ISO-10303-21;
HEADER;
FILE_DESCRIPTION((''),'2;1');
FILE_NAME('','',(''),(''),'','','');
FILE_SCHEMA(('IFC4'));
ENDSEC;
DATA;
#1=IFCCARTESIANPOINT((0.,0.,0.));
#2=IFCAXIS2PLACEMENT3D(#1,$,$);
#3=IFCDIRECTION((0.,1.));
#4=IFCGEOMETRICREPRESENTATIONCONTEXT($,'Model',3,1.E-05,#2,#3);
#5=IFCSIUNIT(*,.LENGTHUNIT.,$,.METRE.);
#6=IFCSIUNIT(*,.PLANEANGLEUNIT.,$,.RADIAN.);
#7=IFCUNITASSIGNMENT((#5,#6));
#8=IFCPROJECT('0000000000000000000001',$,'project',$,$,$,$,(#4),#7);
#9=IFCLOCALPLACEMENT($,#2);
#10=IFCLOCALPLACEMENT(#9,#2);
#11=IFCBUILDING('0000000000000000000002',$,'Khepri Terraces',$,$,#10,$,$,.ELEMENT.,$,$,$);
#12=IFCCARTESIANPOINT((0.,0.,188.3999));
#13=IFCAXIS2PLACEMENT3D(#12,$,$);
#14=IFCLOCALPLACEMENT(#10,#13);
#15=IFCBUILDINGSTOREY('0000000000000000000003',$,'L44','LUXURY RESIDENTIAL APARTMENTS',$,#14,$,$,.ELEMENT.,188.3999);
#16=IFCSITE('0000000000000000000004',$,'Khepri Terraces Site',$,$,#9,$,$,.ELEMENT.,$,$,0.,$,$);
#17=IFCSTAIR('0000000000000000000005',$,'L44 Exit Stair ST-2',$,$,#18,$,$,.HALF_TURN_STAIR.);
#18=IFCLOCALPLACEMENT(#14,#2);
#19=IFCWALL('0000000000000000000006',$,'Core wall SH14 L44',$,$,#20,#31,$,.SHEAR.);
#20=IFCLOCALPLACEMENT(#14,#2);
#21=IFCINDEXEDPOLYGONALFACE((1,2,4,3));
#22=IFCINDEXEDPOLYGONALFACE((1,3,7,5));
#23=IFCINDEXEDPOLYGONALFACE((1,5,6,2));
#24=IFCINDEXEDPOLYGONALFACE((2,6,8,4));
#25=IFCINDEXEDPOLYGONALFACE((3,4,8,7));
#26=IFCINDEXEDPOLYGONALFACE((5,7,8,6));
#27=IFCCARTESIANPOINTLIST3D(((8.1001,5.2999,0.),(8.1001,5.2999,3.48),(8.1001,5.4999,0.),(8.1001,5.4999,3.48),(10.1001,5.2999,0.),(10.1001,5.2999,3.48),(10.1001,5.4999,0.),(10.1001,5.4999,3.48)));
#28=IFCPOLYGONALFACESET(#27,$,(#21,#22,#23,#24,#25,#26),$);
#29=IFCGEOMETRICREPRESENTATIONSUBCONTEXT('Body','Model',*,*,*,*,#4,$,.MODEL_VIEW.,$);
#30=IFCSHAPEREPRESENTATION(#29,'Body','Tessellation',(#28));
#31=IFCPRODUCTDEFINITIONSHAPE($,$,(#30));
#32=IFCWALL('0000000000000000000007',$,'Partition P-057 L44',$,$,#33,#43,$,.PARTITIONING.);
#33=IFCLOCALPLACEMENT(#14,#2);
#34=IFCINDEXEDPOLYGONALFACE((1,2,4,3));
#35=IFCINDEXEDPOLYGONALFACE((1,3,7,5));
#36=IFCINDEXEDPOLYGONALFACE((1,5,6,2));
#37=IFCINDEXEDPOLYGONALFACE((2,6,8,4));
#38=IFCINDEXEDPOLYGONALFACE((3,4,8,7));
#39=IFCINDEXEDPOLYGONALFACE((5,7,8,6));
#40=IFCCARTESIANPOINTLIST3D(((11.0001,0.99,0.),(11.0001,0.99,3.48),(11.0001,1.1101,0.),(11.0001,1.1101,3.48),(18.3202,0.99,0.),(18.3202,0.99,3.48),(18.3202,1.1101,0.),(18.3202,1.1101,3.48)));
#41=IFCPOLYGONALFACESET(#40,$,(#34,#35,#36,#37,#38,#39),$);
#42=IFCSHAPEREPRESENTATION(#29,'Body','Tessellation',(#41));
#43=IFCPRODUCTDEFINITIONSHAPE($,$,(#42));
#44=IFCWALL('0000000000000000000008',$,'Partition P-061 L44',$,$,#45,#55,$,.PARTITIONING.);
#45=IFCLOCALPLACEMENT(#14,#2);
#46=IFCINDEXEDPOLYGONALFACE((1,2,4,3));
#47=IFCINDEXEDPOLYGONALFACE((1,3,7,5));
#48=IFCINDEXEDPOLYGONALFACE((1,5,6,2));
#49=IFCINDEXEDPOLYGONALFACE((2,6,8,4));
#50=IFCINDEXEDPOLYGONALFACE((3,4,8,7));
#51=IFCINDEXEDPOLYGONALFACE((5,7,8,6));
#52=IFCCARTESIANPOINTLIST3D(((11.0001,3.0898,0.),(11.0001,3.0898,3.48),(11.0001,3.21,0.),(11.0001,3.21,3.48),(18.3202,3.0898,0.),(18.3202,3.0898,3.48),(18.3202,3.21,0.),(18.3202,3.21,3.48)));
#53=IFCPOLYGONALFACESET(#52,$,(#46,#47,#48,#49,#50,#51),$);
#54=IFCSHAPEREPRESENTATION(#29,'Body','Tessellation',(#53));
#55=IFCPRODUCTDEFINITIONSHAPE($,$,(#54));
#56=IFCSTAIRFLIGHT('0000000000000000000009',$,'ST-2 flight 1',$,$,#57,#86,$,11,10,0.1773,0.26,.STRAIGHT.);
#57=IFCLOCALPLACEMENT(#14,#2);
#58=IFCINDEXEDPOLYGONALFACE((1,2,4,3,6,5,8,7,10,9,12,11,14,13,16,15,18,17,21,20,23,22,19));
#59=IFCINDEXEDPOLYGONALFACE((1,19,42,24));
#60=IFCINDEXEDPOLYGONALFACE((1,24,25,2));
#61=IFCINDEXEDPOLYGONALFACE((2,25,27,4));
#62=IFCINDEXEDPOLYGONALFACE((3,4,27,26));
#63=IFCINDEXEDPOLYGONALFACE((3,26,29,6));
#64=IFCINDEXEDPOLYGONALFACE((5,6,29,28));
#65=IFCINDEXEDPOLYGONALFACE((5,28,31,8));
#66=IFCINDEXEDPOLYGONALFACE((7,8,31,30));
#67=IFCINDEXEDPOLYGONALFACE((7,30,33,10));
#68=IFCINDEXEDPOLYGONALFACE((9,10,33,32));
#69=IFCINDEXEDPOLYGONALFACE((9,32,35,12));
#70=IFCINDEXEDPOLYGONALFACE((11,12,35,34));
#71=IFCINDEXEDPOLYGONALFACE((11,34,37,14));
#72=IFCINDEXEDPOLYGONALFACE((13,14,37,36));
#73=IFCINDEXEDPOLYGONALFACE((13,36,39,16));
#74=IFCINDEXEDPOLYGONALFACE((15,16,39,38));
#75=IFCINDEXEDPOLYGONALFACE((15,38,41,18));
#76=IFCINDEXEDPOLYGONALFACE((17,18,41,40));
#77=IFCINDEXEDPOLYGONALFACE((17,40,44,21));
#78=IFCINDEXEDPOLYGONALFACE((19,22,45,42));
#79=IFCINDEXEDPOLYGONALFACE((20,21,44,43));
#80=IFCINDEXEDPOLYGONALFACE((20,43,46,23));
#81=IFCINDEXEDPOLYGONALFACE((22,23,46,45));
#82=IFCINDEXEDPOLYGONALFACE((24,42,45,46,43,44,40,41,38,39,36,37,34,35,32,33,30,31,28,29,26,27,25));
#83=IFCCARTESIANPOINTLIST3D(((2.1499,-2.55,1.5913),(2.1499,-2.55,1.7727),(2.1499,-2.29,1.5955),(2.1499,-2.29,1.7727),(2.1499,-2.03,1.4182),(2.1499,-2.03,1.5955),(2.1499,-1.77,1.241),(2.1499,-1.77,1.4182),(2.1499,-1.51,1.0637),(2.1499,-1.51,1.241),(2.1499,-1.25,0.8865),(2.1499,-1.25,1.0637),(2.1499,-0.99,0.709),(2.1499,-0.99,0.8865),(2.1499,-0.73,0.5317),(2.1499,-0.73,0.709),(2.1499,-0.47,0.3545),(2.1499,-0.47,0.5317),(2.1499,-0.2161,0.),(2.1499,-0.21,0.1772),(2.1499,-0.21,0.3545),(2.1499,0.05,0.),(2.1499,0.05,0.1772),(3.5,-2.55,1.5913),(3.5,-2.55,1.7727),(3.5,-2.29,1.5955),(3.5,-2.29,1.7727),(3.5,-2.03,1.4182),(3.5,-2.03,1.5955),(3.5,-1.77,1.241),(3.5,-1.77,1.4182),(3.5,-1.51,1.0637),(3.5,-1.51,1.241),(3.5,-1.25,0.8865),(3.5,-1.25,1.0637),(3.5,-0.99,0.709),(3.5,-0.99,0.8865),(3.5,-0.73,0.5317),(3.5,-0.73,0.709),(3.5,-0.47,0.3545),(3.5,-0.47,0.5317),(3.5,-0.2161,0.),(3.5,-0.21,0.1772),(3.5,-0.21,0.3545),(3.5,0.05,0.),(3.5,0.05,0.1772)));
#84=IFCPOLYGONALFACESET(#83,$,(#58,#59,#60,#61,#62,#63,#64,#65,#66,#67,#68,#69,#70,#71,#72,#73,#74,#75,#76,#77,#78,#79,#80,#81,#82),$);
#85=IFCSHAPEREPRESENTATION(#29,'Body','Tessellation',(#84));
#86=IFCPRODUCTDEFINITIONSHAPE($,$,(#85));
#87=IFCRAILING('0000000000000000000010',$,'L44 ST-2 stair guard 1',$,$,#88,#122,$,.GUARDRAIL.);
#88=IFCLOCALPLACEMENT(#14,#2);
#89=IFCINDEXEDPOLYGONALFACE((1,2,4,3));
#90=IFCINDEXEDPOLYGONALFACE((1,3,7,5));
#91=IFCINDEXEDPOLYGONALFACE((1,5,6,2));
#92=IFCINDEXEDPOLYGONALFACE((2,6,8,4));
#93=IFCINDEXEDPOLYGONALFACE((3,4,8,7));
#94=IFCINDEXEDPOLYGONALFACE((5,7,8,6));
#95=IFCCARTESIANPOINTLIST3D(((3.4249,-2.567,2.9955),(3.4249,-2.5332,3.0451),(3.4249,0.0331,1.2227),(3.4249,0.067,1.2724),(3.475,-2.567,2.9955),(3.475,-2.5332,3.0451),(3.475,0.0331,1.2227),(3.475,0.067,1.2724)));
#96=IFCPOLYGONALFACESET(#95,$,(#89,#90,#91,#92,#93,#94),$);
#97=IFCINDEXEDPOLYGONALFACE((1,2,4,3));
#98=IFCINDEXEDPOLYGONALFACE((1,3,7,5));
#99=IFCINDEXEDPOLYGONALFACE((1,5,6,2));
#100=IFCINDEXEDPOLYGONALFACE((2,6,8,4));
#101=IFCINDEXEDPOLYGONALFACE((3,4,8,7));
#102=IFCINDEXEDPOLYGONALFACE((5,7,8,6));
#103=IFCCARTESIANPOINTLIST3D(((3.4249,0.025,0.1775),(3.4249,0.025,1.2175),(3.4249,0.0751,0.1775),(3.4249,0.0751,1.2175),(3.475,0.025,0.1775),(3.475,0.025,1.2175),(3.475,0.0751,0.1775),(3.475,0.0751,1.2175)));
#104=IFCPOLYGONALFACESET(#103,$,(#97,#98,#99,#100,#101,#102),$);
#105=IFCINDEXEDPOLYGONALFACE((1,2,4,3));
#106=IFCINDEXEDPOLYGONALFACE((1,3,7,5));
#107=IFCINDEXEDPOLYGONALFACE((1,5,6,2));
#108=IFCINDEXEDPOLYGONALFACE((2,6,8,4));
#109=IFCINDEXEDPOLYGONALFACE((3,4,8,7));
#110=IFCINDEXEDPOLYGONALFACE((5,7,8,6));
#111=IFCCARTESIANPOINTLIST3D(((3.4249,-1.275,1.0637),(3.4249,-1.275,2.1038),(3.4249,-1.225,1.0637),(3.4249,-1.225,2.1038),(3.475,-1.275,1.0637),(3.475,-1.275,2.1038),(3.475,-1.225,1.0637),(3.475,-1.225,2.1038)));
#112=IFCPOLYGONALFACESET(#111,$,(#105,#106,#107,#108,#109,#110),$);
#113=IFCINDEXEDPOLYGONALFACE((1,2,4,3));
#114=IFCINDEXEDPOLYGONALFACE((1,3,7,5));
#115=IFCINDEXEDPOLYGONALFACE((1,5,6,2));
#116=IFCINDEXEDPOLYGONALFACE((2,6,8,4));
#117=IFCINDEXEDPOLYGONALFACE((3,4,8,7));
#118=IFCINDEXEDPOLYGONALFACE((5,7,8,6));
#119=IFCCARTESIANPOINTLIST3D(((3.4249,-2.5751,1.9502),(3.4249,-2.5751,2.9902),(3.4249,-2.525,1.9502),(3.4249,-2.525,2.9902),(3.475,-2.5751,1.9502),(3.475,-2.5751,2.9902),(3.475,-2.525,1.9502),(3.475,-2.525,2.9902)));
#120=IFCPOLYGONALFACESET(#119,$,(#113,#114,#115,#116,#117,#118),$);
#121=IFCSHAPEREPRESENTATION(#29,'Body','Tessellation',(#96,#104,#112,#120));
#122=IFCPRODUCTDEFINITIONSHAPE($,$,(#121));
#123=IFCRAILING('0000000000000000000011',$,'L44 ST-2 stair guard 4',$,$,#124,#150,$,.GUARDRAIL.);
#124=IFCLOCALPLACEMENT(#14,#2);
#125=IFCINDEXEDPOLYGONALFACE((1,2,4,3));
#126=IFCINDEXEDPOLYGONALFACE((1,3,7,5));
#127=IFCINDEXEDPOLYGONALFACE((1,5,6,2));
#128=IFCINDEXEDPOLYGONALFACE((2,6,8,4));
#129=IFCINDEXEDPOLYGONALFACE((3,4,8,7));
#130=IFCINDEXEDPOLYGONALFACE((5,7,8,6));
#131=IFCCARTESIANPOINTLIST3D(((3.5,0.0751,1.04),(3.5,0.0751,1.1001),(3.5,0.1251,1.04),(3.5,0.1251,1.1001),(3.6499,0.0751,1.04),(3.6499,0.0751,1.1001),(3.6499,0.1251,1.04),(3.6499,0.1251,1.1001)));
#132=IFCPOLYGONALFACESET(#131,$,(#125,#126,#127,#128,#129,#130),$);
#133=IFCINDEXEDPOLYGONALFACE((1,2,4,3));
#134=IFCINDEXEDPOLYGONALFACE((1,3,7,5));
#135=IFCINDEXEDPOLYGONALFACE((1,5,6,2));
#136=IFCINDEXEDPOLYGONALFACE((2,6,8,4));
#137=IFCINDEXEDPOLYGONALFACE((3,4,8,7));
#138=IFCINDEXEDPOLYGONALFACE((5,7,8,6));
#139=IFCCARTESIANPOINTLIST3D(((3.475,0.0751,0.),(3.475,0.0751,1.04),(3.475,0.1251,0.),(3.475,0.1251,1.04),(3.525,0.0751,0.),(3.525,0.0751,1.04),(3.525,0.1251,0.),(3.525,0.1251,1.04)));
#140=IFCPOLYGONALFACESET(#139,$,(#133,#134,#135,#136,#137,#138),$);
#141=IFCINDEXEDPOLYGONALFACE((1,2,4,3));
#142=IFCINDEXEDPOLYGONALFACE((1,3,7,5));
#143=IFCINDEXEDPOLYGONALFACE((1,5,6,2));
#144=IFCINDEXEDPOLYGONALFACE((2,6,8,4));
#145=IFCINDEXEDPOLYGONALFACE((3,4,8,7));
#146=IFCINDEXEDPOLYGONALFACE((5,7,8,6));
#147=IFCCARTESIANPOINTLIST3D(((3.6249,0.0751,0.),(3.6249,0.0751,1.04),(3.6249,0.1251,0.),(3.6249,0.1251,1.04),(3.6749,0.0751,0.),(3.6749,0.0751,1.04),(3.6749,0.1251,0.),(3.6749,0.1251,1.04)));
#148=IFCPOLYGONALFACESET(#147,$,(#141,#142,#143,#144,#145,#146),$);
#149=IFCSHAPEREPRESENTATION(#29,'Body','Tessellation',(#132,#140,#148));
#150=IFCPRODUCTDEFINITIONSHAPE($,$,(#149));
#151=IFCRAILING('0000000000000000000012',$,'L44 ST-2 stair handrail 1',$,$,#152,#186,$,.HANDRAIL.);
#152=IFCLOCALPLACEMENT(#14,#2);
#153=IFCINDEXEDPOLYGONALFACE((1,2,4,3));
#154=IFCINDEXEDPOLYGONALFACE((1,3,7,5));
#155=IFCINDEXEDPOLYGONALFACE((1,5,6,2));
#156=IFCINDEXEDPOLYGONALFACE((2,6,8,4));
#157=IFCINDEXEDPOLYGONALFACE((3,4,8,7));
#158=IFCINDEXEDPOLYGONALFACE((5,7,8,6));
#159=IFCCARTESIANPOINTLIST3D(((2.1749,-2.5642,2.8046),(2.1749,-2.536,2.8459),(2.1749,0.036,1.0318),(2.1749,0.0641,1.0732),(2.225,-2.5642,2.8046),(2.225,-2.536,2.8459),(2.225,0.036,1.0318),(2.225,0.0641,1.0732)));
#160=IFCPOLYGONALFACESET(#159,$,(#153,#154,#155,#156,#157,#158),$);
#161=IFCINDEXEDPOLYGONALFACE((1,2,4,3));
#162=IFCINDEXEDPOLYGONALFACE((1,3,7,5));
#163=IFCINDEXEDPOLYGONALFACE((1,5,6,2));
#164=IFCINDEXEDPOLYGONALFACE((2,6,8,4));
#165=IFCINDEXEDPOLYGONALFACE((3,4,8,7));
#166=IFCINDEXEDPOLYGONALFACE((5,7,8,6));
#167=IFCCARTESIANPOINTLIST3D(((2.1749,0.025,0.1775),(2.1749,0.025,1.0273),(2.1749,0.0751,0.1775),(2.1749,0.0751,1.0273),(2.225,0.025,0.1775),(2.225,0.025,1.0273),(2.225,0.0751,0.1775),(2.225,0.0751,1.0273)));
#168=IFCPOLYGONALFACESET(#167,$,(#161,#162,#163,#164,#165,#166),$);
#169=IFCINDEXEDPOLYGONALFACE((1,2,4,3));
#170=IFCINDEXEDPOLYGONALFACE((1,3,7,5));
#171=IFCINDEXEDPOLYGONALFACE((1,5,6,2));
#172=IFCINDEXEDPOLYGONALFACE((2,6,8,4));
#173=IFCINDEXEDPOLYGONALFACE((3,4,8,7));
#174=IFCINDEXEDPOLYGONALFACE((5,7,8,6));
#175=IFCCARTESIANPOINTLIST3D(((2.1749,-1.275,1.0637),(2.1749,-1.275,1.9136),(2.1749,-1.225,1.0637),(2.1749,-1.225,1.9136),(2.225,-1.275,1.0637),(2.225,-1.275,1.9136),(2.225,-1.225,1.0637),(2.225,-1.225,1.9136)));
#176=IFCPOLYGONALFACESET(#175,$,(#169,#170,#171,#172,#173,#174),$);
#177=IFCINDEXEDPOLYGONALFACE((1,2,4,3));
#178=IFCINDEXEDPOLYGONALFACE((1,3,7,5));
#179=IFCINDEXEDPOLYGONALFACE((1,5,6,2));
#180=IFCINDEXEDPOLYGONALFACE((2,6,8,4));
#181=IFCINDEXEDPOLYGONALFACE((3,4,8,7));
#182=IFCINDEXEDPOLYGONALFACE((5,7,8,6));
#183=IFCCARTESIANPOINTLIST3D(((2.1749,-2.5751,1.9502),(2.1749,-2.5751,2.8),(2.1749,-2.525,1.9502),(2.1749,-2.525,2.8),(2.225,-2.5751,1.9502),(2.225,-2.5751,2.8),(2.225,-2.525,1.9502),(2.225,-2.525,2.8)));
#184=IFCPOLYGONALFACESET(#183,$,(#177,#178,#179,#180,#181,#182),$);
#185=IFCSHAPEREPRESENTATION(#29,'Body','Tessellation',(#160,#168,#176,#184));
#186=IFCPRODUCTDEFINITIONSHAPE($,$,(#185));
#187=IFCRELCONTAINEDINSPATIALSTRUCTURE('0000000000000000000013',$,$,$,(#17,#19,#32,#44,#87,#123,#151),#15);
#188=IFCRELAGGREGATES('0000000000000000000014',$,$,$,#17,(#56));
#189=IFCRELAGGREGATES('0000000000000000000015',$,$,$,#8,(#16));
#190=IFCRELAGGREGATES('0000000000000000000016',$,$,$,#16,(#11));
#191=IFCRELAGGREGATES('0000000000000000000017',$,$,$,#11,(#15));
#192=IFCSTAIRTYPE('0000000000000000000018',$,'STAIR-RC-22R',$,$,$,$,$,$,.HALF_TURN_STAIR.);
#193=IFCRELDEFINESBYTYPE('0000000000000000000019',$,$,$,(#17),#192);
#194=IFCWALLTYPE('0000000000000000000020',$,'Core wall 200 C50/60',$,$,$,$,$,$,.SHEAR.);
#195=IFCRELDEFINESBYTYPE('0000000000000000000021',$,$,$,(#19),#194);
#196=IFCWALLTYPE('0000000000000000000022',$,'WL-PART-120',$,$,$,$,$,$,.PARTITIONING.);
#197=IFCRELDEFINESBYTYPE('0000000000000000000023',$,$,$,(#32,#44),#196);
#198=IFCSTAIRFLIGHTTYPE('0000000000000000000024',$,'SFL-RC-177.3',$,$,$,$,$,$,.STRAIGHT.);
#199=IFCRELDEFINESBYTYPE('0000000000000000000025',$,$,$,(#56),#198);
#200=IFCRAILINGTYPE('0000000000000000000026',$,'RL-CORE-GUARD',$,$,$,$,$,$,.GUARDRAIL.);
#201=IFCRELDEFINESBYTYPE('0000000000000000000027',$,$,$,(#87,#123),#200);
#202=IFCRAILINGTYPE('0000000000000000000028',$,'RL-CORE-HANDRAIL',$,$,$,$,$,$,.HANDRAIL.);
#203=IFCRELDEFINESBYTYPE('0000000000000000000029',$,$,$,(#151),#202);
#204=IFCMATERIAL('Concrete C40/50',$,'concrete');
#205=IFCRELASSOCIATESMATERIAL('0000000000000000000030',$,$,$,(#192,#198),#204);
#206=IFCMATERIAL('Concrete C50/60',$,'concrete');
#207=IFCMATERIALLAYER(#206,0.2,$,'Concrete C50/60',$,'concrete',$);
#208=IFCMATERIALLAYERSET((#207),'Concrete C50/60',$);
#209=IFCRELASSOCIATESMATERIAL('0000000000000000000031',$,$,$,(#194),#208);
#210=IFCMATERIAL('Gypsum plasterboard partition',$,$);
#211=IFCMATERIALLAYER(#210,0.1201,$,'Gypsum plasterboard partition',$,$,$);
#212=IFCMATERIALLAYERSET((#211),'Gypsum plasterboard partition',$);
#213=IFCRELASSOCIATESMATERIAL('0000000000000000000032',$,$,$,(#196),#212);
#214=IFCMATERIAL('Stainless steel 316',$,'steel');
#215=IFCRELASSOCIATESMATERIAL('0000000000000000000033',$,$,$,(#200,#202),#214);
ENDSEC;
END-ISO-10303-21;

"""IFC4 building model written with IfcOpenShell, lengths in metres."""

from ifc_helpers import new_model, si_unit, direction, frame, frame_2d, origin, origin_2d, place, context, subcontext, project, spatial, polyline, rectangle, outline, extrude, material, layer, layer_set, type_object, element, aggregate, save


model = new_model("IFC4")

# Units and contexts
model_context = context("Model", 3, precision=1e-05, world=origin(), true_north=direction((0.0, 1.0)))
body_context = subcontext(model_context, "Body", "Model", "MODEL_VIEW")
ifc_project = project(units=[si_unit("LENGTHUNIT", "METRE"), si_unit("PLANEANGLEUNIT", "RADIAN")], contexts=[model_context])

# Site, building, storey
site_placement = place(None, origin())
site = spatial("IfcSite", under=ifc_project, at=site_placement, Name="Khepri Terraces Site", CompositionType="ELEMENT", RefElevation=0.0)
building_placement = place(site_placement, origin())
building = spatial("IfcBuilding", under=site, at=building_placement, Name="Khepri Terraces", CompositionType="ELEMENT")
storey_placement = place(building_placement, frame((0.0, 0.0, 188.3999)))
storey = spatial("IfcBuildingStorey", under=building, at=storey_placement, Name="L44", Description="LUXURY RESIDENTIAL APARTMENTS", CompositionType="ELEMENT", Elevation=188.3999)

# Stair
ifc_material_1 = material(Name="Concrete C40/50", Category="concrete")
stair_type = type_object("IfcStairType", Name="STAIR-RC-22R", PredefinedType="HALF_TURN_STAIR", material=ifc_material_1)
stair_1_placement = place(storey_placement, origin())
stair_1 = element("IfcStair", 1, at=stair_1_placement, inside=storey, type_object=stair_type, Name="L44 Exit Stair ST-2", PredefinedType="HALF_TURN_STAIR")

# Shared definitions
ifc_material_2 = material(Name="Concrete C50/60", Category="concrete")
ifc_layer_1 = layer(ifc_material_2, 0.2, Name="Concrete C50/60", Category="concrete")
ifc_layer_set_1 = layer_set([ifc_layer_1], Name="Concrete C50/60")
wall_type_1 = type_object("IfcWallType", Name="Core wall 200 C50/60", PredefinedType="SHEAR", material=ifc_layer_set_1)

# Walls
for number, where, z_axis, x_axis, name in (
    (2, (8.1001, 5.3999, 0.0), (0.0, 0.0, 1.0), (1.0, 0.0, 0.0), "Core wall SH14 L44"),
):
    element("IfcWall", number, at=place(storey_placement, frame(where, z_axis=z_axis, x_axis=x_axis)), inside=storey, type_object=wall_type_1, Name=name, PredefinedType="SHEAR", context=body_context, shape_type="SweptSolid", body=[
        extrude(rectangle(XDim=2.0, YDim=0.2, at=frame_2d((1.0, 0.0))), origin(), (0.0, 0.0, 1.0), 3.48),
    ])
ifc_material_3 = material(Name="Gypsum plasterboard partition")
ifc_layer_2 = layer(ifc_material_3, 0.1201, Name="Gypsum plasterboard partition")
ifc_layer_set_2 = layer_set([ifc_layer_2], Name="Gypsum plasterboard partition")
wall_type_2 = type_object("IfcWallType", Name="WL-PART-120", PredefinedType="PARTITIONING", material=ifc_layer_set_2)
for number, where, z_axis, x_axis, name in (
    (3, (11.0, 1.05, 0.0), (0.0, 0.0, 1.0), (1.0, 0.0, 0.0), "Partition P-057 L44"),
    (4, (11.0, 3.1499, 0.0), (0.0, 0.0, 1.0), (1.0, 0.0, 0.0), "Partition P-061 L44"),
):
    element("IfcWall", number, at=place(storey_placement, frame(where, z_axis=z_axis, x_axis=x_axis)), inside=storey, type_object=wall_type_2, Name=name, PredefinedType="PARTITIONING", context=body_context, shape_type="SweptSolid", body=[
        extrude(rectangle(XDim=7.3201, YDim=0.1201, at=frame_2d((3.6602, 0.0))), origin(), (0.0, 0.0, 1.0), 3.48),
    ])

# Stair flight
stair_flight_type = type_object("IfcStairFlightType", Name="SFL-RC-177.3", PredefinedType="STRAIGHT", material=ifc_material_1)
stair_flight_placement = place(storey_placement, frame((2.825, 0.05, 0.0), z_axis=(0.0, 0.0, 1.0), x_axis=(0.0, -1.0, 0.0)))
stair_flight = element("IfcStairFlight", 5, at=stair_flight_placement, type_object=stair_flight_type, Name="ST-2 flight 1", NumberOfRisers=11, NumberOfTreads=10, PredefinedType="STRAIGHT", RiserHeight=0.1773, TreadLength=0.26, context=body_context, shape_type="SweptSolid", body=[
    extrude(outline(polyline([(0.0, 0.0), (0.0, 0.1772), (0.26, 0.1772), (0.26, 0.3545), (0.52, 0.3545), (0.52, 0.5317), (0.78, 0.5317), (0.78, 0.709), (1.04, 0.709), (1.04, 0.8865), (1.3, 0.8865), (1.3, 1.0637), (1.5601, 1.0637), (1.5601, 1.241), (1.8201, 1.241), (1.8201, 1.4182), (2.0801, 1.4182), (2.0801, 1.5955), (2.3401, 1.5955), (2.3401, 1.7727), (2.6001, 1.7727), (2.6001, 1.95), (2.6001, 1.5913), (0.2661, 0.0), (0.0, 0.0)])), frame((0.0, 0.675, 0.0), z_axis=(0.0, -1.0, 0.0), x_axis=(1.0, 0.0, 0.0)), (0.0, 0.0, 1.0), 1.3501),
])
aggregate(stair_1, [stair_flight])

# Railings
ifc_material_4 = material(Name="Stainless steel 316", Category="steel")
railing_type_1 = type_object("IfcRailingType", Name="RL-CORE-GUARD", PredefinedType="GUARDRAIL", material=ifc_material_4)
railing_1_placement = place(storey_placement, frame((3.45, 0.05, 0.1775)))
element("IfcRailing", 6, at=railing_1_placement, inside=storey, type_object=railing_type_1, Name="L44 ST-2 stair guard 1", PredefinedType="GUARDRAIL", context=body_context, shape_type="SweptSolid", body=[
    extrude(rectangle(XDim=0.05, YDim=0.0601, at=origin_2d()), frame((0.0, 0.0, 1.0701), z_axis=(0.0, -0.82624, 0.563318), x_axis=(1.0, 0.0, 0.0)), (0.0, 0.0, 1.0), 3.147),
    extrude(rectangle(XDim=0.05, YDim=0.05, at=origin_2d()), origin(), (0.0, 0.0, 1.0), 1.04),
    extrude(rectangle(XDim=0.05, YDim=0.05, at=origin_2d()), frame((0.0, -1.3, 0.8862)), (0.0, 0.0, 1.0), 1.04),
    extrude(rectangle(XDim=0.05, YDim=0.05, at=origin_2d()), frame((0.0, -2.6001, 1.7727)), (0.0, 0.0, 1.0), 1.04),
])
railing_2_placement = place(storey_placement, frame((3.5, 0.1001, 0.0)))
element("IfcRailing", 7, at=railing_2_placement, inside=storey, type_object=railing_type_1, Name="L44 ST-2 stair guard 4", PredefinedType="GUARDRAIL", context=body_context, shape_type="SweptSolid", body=[
    extrude(rectangle(XDim=0.05, YDim=0.0601, at=origin_2d()), frame((0.0, 0.0, 1.0701), z_axis=(1.0, 0.0, 0.0), x_axis=(0.0, 1.0, 0.0)), (0.0, 0.0, 1.0), 0.1499),
    extrude(rectangle(XDim=0.05, YDim=0.05, at=origin_2d()), origin(), (0.0, 0.0, 1.0), 1.04),
    extrude(rectangle(XDim=0.05, YDim=0.05, at=origin_2d()), frame((0.1499, 0.0, 0.0)), (0.0, 0.0, 1.0), 1.04),
])
railing_type_2 = type_object("IfcRailingType", Name="RL-CORE-HANDRAIL", PredefinedType="HANDRAIL", material=ifc_material_4)
railing_3_placement = place(storey_placement, frame((2.2, 0.05, 0.1775)))
element("IfcRailing", 8, at=railing_3_placement, inside=storey, type_object=railing_type_2, Name="L44 ST-2 stair handrail 1", PredefinedType="HANDRAIL", context=body_context, shape_type="SweptSolid", body=[
    extrude(rectangle(XDim=0.05, YDim=0.05, at=origin_2d()), frame((0.0, 0.0, 0.875), z_axis=(0.0, -0.82624, 0.563318), x_axis=(1.0, 0.0, 0.0)), (0.0, 0.0, 1.0), 3.147),
    extrude(rectangle(XDim=0.05, YDim=0.05, at=origin_2d()), origin(), (0.0, 0.0, 1.0), 0.8499),
    extrude(rectangle(XDim=0.05, YDim=0.05, at=origin_2d()), frame((0.0, -1.3, 0.8862)), (0.0, 0.0, 1.0), 0.8499),
    extrude(rectangle(XDim=0.05, YDim=0.05, at=origin_2d()), frame((0.0, -2.6001, 1.7727)), (0.0, 0.0, 1.0), 0.8499),
])

save(model, "model.ifc")
